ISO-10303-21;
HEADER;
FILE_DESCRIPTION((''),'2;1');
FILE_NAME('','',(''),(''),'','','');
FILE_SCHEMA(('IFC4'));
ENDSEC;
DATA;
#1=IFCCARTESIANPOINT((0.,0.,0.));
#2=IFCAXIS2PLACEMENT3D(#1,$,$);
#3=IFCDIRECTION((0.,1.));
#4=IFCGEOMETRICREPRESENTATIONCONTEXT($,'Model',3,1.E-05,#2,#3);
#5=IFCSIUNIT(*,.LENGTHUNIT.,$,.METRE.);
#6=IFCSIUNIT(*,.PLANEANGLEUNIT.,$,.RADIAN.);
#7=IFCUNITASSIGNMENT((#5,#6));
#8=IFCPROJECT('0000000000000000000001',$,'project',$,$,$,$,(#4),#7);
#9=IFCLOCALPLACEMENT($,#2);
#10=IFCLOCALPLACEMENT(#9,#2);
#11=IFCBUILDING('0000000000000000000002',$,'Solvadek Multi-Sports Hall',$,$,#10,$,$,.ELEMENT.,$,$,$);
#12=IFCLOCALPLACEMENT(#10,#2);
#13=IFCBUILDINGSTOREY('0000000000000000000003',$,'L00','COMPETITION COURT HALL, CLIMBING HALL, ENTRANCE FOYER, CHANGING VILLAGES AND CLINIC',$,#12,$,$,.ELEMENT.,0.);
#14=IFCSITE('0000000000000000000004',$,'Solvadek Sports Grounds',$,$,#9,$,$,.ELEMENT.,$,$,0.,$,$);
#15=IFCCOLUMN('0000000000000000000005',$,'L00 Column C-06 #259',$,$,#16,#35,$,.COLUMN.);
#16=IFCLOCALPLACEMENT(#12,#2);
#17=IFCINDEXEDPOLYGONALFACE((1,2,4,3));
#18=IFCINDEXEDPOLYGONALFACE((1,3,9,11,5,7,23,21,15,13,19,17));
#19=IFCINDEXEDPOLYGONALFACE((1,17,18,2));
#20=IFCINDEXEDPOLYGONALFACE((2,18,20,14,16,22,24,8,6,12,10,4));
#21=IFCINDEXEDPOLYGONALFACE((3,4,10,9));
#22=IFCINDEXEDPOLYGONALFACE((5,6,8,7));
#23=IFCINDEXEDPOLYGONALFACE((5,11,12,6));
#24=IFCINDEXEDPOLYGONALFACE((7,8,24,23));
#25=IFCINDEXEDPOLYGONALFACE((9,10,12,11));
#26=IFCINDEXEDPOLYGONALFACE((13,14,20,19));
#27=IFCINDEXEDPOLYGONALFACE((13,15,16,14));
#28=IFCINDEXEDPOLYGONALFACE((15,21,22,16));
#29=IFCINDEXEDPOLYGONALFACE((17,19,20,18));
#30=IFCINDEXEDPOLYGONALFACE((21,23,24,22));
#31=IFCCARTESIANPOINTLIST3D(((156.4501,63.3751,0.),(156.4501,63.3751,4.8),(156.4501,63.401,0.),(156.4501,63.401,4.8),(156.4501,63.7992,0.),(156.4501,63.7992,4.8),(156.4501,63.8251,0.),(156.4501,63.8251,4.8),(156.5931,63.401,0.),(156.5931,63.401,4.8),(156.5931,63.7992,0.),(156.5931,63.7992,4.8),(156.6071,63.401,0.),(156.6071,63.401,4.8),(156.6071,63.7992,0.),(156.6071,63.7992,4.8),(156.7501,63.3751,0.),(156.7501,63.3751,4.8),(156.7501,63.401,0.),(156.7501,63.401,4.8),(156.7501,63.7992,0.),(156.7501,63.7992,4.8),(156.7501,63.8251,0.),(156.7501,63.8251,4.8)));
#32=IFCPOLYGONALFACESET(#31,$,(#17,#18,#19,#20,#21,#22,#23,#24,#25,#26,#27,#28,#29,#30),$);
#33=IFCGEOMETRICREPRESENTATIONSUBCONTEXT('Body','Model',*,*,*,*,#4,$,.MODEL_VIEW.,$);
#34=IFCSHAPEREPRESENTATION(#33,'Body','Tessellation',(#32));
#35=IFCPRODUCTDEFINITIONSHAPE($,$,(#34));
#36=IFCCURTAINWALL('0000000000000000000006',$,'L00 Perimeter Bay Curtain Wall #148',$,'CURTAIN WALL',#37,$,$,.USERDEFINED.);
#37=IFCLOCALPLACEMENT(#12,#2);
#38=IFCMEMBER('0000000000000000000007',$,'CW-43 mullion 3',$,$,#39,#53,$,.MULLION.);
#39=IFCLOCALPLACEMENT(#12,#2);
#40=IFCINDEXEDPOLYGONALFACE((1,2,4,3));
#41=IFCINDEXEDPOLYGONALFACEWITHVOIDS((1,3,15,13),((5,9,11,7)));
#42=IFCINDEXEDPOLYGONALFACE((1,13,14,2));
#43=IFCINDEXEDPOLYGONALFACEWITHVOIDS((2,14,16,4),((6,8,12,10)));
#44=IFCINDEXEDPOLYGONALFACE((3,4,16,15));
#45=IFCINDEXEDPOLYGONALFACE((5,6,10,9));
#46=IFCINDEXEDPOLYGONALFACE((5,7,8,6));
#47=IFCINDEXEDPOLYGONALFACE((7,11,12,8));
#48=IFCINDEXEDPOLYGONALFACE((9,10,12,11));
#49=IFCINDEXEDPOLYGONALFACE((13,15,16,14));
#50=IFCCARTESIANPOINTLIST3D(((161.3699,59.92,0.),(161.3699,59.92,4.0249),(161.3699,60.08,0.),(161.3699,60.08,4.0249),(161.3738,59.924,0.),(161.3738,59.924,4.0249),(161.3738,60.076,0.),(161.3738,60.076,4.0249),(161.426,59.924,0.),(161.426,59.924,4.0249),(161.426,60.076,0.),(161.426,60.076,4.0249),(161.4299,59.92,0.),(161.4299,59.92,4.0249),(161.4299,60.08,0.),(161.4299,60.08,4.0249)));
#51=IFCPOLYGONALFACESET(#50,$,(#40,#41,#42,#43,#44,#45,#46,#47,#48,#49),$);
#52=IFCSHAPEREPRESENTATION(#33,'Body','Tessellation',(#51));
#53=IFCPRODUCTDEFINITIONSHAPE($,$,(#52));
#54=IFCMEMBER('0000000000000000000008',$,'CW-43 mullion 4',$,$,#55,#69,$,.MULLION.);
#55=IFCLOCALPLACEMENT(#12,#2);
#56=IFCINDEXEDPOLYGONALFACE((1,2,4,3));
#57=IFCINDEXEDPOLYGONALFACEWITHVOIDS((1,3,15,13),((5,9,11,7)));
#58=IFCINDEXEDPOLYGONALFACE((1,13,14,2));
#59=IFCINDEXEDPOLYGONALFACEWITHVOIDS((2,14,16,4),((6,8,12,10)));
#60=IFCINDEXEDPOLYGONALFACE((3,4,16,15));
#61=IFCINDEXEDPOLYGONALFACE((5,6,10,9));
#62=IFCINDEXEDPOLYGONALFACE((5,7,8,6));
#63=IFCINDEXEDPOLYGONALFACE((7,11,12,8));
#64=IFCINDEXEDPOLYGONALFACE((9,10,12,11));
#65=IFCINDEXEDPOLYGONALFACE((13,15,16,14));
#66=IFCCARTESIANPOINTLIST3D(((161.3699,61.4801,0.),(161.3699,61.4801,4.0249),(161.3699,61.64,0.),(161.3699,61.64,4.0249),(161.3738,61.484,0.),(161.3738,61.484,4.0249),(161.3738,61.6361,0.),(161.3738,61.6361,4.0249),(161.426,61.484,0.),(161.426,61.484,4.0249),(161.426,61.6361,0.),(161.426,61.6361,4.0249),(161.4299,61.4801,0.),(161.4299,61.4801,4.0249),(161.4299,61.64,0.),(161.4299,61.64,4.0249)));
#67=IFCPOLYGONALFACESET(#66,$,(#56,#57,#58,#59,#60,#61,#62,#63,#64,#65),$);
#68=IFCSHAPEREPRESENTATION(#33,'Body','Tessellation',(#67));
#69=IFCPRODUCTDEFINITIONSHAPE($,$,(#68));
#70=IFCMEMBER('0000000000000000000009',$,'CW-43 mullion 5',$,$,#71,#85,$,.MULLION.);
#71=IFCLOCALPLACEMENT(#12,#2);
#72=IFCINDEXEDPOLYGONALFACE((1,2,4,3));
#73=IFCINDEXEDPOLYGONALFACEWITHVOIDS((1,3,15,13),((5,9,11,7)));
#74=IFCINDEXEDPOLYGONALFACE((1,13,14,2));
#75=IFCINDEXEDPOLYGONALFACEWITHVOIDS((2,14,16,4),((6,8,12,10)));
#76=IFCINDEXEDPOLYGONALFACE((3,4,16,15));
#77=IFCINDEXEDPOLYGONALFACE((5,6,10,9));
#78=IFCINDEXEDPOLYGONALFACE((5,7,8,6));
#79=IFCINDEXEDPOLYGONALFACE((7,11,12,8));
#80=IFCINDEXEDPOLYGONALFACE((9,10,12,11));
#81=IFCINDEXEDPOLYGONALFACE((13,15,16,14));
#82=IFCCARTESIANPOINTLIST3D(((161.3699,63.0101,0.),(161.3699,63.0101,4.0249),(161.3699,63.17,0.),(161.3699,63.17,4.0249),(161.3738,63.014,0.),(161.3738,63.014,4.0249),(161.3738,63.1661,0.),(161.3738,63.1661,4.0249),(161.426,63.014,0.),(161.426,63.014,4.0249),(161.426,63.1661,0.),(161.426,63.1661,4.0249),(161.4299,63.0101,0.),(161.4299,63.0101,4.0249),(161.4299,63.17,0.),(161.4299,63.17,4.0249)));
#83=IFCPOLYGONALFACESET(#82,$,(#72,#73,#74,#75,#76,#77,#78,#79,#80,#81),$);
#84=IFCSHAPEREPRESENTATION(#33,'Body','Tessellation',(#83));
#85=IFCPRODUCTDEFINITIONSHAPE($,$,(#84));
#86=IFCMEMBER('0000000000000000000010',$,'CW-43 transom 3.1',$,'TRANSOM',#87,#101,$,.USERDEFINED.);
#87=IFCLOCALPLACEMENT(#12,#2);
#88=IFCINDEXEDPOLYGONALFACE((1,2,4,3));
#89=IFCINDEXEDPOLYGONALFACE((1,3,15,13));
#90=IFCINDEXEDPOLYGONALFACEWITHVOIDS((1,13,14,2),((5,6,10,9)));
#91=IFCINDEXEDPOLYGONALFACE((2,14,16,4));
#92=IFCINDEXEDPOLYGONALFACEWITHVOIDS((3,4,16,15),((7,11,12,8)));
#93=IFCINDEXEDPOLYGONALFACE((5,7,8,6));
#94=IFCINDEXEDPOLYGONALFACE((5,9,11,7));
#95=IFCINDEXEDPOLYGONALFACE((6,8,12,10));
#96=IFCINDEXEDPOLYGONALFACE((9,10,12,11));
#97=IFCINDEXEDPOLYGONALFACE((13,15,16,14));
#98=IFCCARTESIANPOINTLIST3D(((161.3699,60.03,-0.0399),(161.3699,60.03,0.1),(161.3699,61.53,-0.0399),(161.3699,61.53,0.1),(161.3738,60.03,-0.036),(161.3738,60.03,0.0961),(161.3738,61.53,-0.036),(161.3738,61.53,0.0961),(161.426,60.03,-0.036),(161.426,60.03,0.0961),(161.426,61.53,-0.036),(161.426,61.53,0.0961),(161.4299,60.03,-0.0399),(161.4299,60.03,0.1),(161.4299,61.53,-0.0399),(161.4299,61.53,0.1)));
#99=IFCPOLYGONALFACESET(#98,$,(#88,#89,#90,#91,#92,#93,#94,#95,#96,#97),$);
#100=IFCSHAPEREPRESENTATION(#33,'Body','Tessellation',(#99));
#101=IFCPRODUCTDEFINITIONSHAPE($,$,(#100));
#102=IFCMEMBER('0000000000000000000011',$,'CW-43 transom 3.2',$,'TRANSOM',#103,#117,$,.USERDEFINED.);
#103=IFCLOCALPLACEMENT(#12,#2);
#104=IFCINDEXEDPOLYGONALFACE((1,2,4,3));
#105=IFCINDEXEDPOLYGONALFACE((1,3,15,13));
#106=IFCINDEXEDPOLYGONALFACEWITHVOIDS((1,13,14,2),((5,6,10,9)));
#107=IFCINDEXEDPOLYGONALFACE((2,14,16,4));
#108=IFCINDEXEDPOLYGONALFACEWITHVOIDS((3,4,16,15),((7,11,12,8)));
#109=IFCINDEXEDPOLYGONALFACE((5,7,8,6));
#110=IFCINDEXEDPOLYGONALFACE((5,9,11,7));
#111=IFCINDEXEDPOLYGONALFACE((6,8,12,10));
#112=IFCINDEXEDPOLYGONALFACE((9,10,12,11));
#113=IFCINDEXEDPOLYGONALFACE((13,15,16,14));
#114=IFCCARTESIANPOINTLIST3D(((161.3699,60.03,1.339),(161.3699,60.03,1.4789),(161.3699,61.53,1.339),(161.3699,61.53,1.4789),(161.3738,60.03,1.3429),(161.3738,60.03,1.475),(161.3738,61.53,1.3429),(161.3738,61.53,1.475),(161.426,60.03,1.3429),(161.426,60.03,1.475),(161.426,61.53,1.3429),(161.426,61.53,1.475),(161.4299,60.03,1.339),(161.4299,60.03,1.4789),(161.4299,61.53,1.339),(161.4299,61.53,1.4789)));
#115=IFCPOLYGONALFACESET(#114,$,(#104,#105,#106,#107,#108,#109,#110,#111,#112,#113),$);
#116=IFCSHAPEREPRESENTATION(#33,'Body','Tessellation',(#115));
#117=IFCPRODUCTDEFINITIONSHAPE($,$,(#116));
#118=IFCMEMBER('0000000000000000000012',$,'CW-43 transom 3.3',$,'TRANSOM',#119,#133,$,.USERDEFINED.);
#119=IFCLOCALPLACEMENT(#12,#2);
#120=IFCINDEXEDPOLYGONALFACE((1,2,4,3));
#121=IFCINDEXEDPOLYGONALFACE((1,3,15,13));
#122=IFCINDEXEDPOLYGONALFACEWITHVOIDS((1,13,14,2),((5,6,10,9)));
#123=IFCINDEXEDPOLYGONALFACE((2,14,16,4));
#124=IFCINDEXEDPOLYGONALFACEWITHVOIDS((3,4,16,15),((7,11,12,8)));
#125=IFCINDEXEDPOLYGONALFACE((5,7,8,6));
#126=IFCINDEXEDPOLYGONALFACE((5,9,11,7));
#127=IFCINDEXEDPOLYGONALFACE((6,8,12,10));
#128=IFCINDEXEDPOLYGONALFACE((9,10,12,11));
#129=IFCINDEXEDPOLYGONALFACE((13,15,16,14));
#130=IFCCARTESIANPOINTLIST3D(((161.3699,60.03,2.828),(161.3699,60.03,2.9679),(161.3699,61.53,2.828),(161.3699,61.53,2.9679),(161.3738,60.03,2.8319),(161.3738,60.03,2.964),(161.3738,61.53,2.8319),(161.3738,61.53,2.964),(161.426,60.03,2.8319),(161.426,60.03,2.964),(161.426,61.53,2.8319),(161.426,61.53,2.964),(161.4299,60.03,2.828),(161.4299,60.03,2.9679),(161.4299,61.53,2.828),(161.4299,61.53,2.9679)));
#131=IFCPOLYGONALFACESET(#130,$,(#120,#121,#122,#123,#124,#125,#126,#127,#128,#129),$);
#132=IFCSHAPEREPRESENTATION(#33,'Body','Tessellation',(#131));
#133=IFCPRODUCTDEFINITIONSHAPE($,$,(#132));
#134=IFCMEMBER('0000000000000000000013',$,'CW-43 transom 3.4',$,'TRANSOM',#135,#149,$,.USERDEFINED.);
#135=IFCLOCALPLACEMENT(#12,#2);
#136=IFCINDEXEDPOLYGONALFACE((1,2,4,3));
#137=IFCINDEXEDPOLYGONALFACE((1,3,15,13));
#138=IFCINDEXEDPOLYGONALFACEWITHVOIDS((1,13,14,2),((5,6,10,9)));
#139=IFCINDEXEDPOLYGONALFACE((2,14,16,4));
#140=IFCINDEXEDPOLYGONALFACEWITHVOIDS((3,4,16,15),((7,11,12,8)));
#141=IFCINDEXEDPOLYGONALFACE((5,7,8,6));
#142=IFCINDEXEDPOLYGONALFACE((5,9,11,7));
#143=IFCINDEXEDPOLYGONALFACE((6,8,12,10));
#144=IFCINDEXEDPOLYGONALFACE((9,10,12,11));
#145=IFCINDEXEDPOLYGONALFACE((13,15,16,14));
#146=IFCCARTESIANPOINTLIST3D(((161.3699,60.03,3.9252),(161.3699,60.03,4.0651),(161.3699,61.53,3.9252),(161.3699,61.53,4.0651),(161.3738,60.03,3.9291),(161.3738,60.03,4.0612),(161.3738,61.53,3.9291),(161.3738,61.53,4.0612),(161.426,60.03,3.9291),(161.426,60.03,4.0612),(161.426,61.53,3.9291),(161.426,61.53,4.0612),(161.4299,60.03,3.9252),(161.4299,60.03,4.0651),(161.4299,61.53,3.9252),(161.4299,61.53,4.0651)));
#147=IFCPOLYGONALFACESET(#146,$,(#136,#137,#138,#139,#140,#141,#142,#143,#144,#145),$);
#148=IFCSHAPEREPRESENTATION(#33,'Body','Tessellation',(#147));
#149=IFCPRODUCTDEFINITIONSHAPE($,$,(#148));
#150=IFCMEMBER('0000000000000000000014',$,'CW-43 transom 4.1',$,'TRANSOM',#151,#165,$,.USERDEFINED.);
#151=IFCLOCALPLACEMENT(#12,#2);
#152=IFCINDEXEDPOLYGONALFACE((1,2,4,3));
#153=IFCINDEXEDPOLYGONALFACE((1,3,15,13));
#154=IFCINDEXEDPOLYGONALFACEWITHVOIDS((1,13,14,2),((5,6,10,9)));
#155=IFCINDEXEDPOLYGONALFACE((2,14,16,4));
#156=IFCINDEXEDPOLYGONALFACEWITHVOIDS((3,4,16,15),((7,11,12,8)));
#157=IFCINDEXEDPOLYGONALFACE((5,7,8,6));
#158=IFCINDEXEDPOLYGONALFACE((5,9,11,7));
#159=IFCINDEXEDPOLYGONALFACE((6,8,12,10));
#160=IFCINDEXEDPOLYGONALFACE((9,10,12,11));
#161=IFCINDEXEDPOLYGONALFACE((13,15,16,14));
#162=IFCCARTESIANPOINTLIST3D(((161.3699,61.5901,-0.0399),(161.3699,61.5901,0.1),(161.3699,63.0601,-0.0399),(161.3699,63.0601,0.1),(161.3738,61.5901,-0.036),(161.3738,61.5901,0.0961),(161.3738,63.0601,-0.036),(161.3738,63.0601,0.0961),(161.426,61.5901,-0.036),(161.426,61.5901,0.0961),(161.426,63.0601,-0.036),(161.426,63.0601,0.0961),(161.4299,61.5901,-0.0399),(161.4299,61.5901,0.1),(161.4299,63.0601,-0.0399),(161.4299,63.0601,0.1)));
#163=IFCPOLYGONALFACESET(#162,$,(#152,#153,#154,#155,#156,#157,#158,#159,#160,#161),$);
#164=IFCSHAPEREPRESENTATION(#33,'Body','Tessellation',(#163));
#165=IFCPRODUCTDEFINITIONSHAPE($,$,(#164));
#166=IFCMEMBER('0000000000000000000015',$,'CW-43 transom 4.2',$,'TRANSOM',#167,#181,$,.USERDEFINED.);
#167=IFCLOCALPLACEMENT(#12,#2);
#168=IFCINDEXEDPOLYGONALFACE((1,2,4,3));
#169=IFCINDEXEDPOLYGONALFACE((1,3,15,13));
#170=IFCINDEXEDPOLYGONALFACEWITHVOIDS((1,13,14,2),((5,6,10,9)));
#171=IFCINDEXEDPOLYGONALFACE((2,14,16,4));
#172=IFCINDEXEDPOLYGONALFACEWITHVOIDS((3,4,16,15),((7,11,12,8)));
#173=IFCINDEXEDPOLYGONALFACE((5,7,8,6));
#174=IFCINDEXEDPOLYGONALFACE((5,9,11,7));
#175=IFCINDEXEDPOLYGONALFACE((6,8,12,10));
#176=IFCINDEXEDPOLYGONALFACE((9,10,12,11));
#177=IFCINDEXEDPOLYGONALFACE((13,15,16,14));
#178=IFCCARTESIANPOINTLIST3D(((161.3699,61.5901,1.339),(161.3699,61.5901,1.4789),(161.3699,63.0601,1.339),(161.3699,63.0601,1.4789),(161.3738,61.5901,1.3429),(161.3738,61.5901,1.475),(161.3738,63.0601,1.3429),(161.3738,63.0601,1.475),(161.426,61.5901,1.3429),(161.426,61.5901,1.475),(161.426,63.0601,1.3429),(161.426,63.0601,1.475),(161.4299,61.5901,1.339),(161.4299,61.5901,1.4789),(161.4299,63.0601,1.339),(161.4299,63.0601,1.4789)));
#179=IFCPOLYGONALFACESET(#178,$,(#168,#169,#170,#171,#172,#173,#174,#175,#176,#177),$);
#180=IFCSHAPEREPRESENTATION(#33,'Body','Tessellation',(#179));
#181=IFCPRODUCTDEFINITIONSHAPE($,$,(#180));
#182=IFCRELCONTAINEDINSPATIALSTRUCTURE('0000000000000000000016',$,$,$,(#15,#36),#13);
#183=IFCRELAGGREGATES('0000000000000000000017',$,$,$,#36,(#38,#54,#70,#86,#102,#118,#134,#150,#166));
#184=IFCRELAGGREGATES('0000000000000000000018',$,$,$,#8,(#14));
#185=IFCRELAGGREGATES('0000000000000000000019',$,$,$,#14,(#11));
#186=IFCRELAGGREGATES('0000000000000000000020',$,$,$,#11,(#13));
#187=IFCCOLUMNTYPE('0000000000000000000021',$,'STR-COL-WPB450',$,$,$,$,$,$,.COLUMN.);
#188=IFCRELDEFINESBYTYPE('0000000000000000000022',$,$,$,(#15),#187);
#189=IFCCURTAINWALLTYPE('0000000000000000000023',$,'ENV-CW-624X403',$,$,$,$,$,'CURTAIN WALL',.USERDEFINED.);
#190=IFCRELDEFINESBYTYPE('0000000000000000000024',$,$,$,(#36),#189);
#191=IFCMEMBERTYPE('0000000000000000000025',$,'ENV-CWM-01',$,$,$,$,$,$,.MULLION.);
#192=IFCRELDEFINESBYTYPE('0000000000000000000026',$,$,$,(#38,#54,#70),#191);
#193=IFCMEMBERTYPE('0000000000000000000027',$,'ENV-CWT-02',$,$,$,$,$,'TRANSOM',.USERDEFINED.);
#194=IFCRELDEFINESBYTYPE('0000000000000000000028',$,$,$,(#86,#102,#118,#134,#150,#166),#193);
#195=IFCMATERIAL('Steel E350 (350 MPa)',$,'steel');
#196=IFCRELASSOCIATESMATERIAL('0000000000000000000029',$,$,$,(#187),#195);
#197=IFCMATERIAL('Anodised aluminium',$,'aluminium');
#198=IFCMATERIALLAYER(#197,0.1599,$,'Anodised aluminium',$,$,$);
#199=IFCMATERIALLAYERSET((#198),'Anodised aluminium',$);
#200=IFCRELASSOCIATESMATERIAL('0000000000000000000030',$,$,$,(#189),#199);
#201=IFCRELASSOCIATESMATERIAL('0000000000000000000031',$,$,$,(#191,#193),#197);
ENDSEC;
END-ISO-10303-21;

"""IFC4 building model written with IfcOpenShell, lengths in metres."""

from ifc_helpers import new_model, si_unit, direction, frame, origin, origin_2d, place, context, subcontext, project, spatial, hollow_rectangle, i_section, extrude, material, layer, layer_set, material_profile, profile_set, type_object, element, aggregate, save


model = new_model("IFC4")

# Units and contexts
model_context = context("Model", 3, precision=1e-05, world=origin(), true_north=direction((0.0, 1.0)))
body_context = subcontext(model_context, "Body", "Model", "MODEL_VIEW")
ifc_project = project(units=[si_unit("LENGTHUNIT", "METRE"), si_unit("PLANEANGLEUNIT", "RADIAN")], contexts=[model_context])

# Site, building, storey
site_placement = place(None, origin())
site = spatial("IfcSite", under=ifc_project, at=site_placement, Name="Solvadek Sports Grounds", CompositionType="ELEMENT", RefElevation=0.0)
building_placement = place(site_placement, origin())
building = spatial("IfcBuilding", under=site, at=building_placement, Name="Solvadek Multi-Sports Hall", CompositionType="ELEMENT")
storey_placement = place(building_placement, origin())
storey = spatial("IfcBuildingStorey", under=building, at=storey_placement, Name="L00", Description="COMPETITION COURT HALL, CLIMBING HALL, ENTRANCE FOYER, CHANGING VILLAGES AND CLINIC", CompositionType="ELEMENT", Elevation=0.0)

# Column
ifc_material_1 = material(Name="Steel E350 (350 MPa)", Category="steel")
ifc_material_profile_1 = material_profile(ifc_material_1, i_section(OverallWidth=0.3, OverallDepth=0.45, WebThickness=0.0139, FlangeThickness=0.0259, at=origin_2d()), Name="WPB 450")
ifc_profile_set_1 = profile_set([ifc_material_profile_1], Name="Steel E350 (350 MPa)")
column_type = type_object("IfcColumnType", Name="STR-COL-WPB450", PredefinedType="COLUMN", material=ifc_profile_set_1)
column_placement = place(storey_placement, frame((156.6001, 63.6001, 0.0), z_axis=(0.0, 0.0, 1.0), x_axis=(1.0, 0.0, 0.0)))
element("IfcColumn", 1, at=column_placement, inside=storey, type_object=column_type, Name="L00 Column C-06 #259", PredefinedType="COLUMN", context=body_context, shape_type="SweptSolid", body=[
    extrude(i_section(OverallWidth=0.3, OverallDepth=0.45, WebThickness=0.0139, FlangeThickness=0.0259, at=origin_2d()), origin(), (0.0, 0.0, 1.0), 4.8),
])

# Curtain wall, members
ifc_material_2 = material(Name="Anodised aluminium", Category="aluminium")
ifc_layer_1 = layer(ifc_material_2, 0.1599, Name="Anodised aluminium")
ifc_layer_set_1 = layer_set([ifc_layer_1], Name="Anodised aluminium")
curtain_wall_type = type_object("IfcCurtainWallType", Name="ENV-CW-624X403", ElementType="CURTAIN WALL", PredefinedType="USERDEFINED", material=ifc_layer_set_1)
curtain_wall_placement = place(storey_placement, origin())
curtain_wall = element("IfcCurtainWall", 2, at=curtain_wall_placement, inside=storey, type_object=curtain_wall_type, Name="L00 Perimeter Bay Curtain Wall #148", ObjectType="CURTAIN WALL", PredefinedType="USERDEFINED")
ifc_material_profile_2 = material_profile(ifc_material_2, hollow_rectangle(XDim=0.0601, YDim=0.1599, WallThickness=0.0039, at=origin_2d()), Name="ALU-M 160x60x4")
ifc_profile_set_2 = profile_set([ifc_material_profile_2], Name="Anodised aluminium")
member_type_1 = type_object("IfcMemberType", Name="ENV-CWM-01", PredefinedType="MULLION", material=ifc_profile_set_2)
member_1_placement = place(storey_placement, frame((161.3999, 60.0, 0.0), z_axis=(0.0, 0.0, 1.0), x_axis=(-1.0, 0.0, 0.0)))
member_1 = element("IfcMember", 3, at=member_1_placement, type_object=member_type_1, Name="CW-43 mullion 3", PredefinedType="MULLION", context=body_context, shape_type="SweptSolid", body=[
    extrude(hollow_rectangle(XDim=0.0601, YDim=0.1599, WallThickness=0.0039, at=origin_2d()), origin(), (0.0, 0.0, 1.0), 4.0249),
])
member_2_placement = place(storey_placement, frame((161.3999, 61.5601, 0.0), z_axis=(0.0, 0.0, 1.0), x_axis=(-1.0, 0.0, 0.0)))
member_2 = element("IfcMember", 4, at=member_2_placement, type_object=member_type_1, Name="CW-43 mullion 4", PredefinedType="MULLION", context=body_context, shape_type="SweptSolid", body=[
    extrude(hollow_rectangle(XDim=0.0601, YDim=0.1599, WallThickness=0.0039, at=origin_2d()), origin(), (0.0, 0.0, 1.0), 4.0249),
])
member_3_placement = place(storey_placement, frame((161.3999, 63.0901, 0.0), z_axis=(0.0, 0.0, 1.0), x_axis=(-1.0, 0.0, 0.0)))
member_3 = element("IfcMember", 5, at=member_3_placement, type_object=member_type_1, Name="CW-43 mullion 5", PredefinedType="MULLION", context=body_context, shape_type="SweptSolid", body=[
    extrude(hollow_rectangle(XDim=0.0601, YDim=0.1599, WallThickness=0.0039, at=origin_2d()), origin(), (0.0, 0.0, 1.0), 4.0249),
])
ifc_material_profile_3 = material_profile(ifc_material_2, hollow_rectangle(XDim=0.0601, YDim=0.1399, WallThickness=0.0039, at=origin_2d()), Name="ALU-T 140x60x4")
ifc_profile_set_3 = profile_set([ifc_material_profile_3], Name="Anodised aluminium")
member_type_2 = type_object("IfcMemberType", Name="ENV-CWT-02", ElementType="TRANSOM", PredefinedType="USERDEFINED", material=ifc_profile_set_3)
member_4_placement = place(storey_placement, frame((161.3999, 60.03, 0.03), z_axis=(0.0, 1.0, 0.0), x_axis=(-1.0, 0.0, 0.0)))
member_4 = element("IfcMember", 6, at=member_4_placement, type_object=member_type_2, Name="CW-43 transom 3.1", ObjectType="TRANSOM", PredefinedType="USERDEFINED", context=body_context, shape_type="SweptSolid", body=[
    extrude(hollow_rectangle(XDim=0.0601, YDim=0.1399, WallThickness=0.0039, at=origin_2d()), origin(), (0.0, 0.0, 1.0), 1.5),
])
member_5_placement = place(storey_placement, frame((161.3999, 60.03, 1.4089), z_axis=(0.0, 1.0, 0.0), x_axis=(-1.0, 0.0, 0.0)))
member_5 = element("IfcMember", 7, at=member_5_placement, type_object=member_type_2, Name="CW-43 transom 3.2", ObjectType="TRANSOM", PredefinedType="USERDEFINED", context=body_context, shape_type="SweptSolid", body=[
    extrude(hollow_rectangle(XDim=0.0601, YDim=0.1399, WallThickness=0.0039, at=origin_2d()), origin(), (0.0, 0.0, 1.0), 1.5),
])
member_6_placement = place(storey_placement, frame((161.3999, 60.03, 2.8979), z_axis=(0.0, 1.0, 0.0), x_axis=(-1.0, 0.0, 0.0)))
member_6 = element("IfcMember", 8, at=member_6_placement, type_object=member_type_2, Name="CW-43 transom 3.3", ObjectType="TRANSOM", PredefinedType="USERDEFINED", context=body_context, shape_type="SweptSolid", body=[
    extrude(hollow_rectangle(XDim=0.0601, YDim=0.1399, WallThickness=0.0039, at=origin_2d()), origin(), (0.0, 0.0, 1.0), 1.5),
])
member_7_placement = place(storey_placement, frame((161.3999, 60.03, 3.9951), z_axis=(0.0, 1.0, 0.0), x_axis=(-1.0, 0.0, 0.0)))
member_7 = element("IfcMember", 9, at=member_7_placement, type_object=member_type_2, Name="CW-43 transom 3.4", ObjectType="TRANSOM", PredefinedType="USERDEFINED", context=body_context, shape_type="SweptSolid", body=[
    extrude(hollow_rectangle(XDim=0.0601, YDim=0.1399, WallThickness=0.0039, at=origin_2d()), origin(), (0.0, 0.0, 1.0), 1.5),
])
member_8_placement = place(storey_placement, frame((161.3999, 61.5901, 0.03), z_axis=(0.0, 1.0, 0.0), x_axis=(-1.0, 0.0, 0.0)))
member_8 = element("IfcMember", 10, at=member_8_placement, type_object=member_type_2, Name="CW-43 transom 4.1", ObjectType="TRANSOM", PredefinedType="USERDEFINED", context=body_context, shape_type="SweptSolid", body=[
    extrude(hollow_rectangle(XDim=0.0601, YDim=0.1399, WallThickness=0.0039, at=origin_2d()), origin(), (0.0, 0.0, 1.0), 1.47),
])
member_9_placement = place(storey_placement, frame((161.3999, 61.5901, 1.4089), z_axis=(0.0, 1.0, 0.0), x_axis=(-1.0, 0.0, 0.0)))
member_9 = element("IfcMember", 11, at=member_9_placement, type_object=member_type_2, Name="CW-43 transom 4.2", ObjectType="TRANSOM", PredefinedType="USERDEFINED", context=body_context, shape_type="SweptSolid", body=[
    extrude(hollow_rectangle(XDim=0.0601, YDim=0.1399, WallThickness=0.0039, at=origin_2d()), origin(), (0.0, 0.0, 1.0), 1.47),
])

aggregate(curtain_wall, [member_1, member_2, member_3, member_4, member_5, member_6, member_7, member_8, member_9])

save(model, "model.ifc")
